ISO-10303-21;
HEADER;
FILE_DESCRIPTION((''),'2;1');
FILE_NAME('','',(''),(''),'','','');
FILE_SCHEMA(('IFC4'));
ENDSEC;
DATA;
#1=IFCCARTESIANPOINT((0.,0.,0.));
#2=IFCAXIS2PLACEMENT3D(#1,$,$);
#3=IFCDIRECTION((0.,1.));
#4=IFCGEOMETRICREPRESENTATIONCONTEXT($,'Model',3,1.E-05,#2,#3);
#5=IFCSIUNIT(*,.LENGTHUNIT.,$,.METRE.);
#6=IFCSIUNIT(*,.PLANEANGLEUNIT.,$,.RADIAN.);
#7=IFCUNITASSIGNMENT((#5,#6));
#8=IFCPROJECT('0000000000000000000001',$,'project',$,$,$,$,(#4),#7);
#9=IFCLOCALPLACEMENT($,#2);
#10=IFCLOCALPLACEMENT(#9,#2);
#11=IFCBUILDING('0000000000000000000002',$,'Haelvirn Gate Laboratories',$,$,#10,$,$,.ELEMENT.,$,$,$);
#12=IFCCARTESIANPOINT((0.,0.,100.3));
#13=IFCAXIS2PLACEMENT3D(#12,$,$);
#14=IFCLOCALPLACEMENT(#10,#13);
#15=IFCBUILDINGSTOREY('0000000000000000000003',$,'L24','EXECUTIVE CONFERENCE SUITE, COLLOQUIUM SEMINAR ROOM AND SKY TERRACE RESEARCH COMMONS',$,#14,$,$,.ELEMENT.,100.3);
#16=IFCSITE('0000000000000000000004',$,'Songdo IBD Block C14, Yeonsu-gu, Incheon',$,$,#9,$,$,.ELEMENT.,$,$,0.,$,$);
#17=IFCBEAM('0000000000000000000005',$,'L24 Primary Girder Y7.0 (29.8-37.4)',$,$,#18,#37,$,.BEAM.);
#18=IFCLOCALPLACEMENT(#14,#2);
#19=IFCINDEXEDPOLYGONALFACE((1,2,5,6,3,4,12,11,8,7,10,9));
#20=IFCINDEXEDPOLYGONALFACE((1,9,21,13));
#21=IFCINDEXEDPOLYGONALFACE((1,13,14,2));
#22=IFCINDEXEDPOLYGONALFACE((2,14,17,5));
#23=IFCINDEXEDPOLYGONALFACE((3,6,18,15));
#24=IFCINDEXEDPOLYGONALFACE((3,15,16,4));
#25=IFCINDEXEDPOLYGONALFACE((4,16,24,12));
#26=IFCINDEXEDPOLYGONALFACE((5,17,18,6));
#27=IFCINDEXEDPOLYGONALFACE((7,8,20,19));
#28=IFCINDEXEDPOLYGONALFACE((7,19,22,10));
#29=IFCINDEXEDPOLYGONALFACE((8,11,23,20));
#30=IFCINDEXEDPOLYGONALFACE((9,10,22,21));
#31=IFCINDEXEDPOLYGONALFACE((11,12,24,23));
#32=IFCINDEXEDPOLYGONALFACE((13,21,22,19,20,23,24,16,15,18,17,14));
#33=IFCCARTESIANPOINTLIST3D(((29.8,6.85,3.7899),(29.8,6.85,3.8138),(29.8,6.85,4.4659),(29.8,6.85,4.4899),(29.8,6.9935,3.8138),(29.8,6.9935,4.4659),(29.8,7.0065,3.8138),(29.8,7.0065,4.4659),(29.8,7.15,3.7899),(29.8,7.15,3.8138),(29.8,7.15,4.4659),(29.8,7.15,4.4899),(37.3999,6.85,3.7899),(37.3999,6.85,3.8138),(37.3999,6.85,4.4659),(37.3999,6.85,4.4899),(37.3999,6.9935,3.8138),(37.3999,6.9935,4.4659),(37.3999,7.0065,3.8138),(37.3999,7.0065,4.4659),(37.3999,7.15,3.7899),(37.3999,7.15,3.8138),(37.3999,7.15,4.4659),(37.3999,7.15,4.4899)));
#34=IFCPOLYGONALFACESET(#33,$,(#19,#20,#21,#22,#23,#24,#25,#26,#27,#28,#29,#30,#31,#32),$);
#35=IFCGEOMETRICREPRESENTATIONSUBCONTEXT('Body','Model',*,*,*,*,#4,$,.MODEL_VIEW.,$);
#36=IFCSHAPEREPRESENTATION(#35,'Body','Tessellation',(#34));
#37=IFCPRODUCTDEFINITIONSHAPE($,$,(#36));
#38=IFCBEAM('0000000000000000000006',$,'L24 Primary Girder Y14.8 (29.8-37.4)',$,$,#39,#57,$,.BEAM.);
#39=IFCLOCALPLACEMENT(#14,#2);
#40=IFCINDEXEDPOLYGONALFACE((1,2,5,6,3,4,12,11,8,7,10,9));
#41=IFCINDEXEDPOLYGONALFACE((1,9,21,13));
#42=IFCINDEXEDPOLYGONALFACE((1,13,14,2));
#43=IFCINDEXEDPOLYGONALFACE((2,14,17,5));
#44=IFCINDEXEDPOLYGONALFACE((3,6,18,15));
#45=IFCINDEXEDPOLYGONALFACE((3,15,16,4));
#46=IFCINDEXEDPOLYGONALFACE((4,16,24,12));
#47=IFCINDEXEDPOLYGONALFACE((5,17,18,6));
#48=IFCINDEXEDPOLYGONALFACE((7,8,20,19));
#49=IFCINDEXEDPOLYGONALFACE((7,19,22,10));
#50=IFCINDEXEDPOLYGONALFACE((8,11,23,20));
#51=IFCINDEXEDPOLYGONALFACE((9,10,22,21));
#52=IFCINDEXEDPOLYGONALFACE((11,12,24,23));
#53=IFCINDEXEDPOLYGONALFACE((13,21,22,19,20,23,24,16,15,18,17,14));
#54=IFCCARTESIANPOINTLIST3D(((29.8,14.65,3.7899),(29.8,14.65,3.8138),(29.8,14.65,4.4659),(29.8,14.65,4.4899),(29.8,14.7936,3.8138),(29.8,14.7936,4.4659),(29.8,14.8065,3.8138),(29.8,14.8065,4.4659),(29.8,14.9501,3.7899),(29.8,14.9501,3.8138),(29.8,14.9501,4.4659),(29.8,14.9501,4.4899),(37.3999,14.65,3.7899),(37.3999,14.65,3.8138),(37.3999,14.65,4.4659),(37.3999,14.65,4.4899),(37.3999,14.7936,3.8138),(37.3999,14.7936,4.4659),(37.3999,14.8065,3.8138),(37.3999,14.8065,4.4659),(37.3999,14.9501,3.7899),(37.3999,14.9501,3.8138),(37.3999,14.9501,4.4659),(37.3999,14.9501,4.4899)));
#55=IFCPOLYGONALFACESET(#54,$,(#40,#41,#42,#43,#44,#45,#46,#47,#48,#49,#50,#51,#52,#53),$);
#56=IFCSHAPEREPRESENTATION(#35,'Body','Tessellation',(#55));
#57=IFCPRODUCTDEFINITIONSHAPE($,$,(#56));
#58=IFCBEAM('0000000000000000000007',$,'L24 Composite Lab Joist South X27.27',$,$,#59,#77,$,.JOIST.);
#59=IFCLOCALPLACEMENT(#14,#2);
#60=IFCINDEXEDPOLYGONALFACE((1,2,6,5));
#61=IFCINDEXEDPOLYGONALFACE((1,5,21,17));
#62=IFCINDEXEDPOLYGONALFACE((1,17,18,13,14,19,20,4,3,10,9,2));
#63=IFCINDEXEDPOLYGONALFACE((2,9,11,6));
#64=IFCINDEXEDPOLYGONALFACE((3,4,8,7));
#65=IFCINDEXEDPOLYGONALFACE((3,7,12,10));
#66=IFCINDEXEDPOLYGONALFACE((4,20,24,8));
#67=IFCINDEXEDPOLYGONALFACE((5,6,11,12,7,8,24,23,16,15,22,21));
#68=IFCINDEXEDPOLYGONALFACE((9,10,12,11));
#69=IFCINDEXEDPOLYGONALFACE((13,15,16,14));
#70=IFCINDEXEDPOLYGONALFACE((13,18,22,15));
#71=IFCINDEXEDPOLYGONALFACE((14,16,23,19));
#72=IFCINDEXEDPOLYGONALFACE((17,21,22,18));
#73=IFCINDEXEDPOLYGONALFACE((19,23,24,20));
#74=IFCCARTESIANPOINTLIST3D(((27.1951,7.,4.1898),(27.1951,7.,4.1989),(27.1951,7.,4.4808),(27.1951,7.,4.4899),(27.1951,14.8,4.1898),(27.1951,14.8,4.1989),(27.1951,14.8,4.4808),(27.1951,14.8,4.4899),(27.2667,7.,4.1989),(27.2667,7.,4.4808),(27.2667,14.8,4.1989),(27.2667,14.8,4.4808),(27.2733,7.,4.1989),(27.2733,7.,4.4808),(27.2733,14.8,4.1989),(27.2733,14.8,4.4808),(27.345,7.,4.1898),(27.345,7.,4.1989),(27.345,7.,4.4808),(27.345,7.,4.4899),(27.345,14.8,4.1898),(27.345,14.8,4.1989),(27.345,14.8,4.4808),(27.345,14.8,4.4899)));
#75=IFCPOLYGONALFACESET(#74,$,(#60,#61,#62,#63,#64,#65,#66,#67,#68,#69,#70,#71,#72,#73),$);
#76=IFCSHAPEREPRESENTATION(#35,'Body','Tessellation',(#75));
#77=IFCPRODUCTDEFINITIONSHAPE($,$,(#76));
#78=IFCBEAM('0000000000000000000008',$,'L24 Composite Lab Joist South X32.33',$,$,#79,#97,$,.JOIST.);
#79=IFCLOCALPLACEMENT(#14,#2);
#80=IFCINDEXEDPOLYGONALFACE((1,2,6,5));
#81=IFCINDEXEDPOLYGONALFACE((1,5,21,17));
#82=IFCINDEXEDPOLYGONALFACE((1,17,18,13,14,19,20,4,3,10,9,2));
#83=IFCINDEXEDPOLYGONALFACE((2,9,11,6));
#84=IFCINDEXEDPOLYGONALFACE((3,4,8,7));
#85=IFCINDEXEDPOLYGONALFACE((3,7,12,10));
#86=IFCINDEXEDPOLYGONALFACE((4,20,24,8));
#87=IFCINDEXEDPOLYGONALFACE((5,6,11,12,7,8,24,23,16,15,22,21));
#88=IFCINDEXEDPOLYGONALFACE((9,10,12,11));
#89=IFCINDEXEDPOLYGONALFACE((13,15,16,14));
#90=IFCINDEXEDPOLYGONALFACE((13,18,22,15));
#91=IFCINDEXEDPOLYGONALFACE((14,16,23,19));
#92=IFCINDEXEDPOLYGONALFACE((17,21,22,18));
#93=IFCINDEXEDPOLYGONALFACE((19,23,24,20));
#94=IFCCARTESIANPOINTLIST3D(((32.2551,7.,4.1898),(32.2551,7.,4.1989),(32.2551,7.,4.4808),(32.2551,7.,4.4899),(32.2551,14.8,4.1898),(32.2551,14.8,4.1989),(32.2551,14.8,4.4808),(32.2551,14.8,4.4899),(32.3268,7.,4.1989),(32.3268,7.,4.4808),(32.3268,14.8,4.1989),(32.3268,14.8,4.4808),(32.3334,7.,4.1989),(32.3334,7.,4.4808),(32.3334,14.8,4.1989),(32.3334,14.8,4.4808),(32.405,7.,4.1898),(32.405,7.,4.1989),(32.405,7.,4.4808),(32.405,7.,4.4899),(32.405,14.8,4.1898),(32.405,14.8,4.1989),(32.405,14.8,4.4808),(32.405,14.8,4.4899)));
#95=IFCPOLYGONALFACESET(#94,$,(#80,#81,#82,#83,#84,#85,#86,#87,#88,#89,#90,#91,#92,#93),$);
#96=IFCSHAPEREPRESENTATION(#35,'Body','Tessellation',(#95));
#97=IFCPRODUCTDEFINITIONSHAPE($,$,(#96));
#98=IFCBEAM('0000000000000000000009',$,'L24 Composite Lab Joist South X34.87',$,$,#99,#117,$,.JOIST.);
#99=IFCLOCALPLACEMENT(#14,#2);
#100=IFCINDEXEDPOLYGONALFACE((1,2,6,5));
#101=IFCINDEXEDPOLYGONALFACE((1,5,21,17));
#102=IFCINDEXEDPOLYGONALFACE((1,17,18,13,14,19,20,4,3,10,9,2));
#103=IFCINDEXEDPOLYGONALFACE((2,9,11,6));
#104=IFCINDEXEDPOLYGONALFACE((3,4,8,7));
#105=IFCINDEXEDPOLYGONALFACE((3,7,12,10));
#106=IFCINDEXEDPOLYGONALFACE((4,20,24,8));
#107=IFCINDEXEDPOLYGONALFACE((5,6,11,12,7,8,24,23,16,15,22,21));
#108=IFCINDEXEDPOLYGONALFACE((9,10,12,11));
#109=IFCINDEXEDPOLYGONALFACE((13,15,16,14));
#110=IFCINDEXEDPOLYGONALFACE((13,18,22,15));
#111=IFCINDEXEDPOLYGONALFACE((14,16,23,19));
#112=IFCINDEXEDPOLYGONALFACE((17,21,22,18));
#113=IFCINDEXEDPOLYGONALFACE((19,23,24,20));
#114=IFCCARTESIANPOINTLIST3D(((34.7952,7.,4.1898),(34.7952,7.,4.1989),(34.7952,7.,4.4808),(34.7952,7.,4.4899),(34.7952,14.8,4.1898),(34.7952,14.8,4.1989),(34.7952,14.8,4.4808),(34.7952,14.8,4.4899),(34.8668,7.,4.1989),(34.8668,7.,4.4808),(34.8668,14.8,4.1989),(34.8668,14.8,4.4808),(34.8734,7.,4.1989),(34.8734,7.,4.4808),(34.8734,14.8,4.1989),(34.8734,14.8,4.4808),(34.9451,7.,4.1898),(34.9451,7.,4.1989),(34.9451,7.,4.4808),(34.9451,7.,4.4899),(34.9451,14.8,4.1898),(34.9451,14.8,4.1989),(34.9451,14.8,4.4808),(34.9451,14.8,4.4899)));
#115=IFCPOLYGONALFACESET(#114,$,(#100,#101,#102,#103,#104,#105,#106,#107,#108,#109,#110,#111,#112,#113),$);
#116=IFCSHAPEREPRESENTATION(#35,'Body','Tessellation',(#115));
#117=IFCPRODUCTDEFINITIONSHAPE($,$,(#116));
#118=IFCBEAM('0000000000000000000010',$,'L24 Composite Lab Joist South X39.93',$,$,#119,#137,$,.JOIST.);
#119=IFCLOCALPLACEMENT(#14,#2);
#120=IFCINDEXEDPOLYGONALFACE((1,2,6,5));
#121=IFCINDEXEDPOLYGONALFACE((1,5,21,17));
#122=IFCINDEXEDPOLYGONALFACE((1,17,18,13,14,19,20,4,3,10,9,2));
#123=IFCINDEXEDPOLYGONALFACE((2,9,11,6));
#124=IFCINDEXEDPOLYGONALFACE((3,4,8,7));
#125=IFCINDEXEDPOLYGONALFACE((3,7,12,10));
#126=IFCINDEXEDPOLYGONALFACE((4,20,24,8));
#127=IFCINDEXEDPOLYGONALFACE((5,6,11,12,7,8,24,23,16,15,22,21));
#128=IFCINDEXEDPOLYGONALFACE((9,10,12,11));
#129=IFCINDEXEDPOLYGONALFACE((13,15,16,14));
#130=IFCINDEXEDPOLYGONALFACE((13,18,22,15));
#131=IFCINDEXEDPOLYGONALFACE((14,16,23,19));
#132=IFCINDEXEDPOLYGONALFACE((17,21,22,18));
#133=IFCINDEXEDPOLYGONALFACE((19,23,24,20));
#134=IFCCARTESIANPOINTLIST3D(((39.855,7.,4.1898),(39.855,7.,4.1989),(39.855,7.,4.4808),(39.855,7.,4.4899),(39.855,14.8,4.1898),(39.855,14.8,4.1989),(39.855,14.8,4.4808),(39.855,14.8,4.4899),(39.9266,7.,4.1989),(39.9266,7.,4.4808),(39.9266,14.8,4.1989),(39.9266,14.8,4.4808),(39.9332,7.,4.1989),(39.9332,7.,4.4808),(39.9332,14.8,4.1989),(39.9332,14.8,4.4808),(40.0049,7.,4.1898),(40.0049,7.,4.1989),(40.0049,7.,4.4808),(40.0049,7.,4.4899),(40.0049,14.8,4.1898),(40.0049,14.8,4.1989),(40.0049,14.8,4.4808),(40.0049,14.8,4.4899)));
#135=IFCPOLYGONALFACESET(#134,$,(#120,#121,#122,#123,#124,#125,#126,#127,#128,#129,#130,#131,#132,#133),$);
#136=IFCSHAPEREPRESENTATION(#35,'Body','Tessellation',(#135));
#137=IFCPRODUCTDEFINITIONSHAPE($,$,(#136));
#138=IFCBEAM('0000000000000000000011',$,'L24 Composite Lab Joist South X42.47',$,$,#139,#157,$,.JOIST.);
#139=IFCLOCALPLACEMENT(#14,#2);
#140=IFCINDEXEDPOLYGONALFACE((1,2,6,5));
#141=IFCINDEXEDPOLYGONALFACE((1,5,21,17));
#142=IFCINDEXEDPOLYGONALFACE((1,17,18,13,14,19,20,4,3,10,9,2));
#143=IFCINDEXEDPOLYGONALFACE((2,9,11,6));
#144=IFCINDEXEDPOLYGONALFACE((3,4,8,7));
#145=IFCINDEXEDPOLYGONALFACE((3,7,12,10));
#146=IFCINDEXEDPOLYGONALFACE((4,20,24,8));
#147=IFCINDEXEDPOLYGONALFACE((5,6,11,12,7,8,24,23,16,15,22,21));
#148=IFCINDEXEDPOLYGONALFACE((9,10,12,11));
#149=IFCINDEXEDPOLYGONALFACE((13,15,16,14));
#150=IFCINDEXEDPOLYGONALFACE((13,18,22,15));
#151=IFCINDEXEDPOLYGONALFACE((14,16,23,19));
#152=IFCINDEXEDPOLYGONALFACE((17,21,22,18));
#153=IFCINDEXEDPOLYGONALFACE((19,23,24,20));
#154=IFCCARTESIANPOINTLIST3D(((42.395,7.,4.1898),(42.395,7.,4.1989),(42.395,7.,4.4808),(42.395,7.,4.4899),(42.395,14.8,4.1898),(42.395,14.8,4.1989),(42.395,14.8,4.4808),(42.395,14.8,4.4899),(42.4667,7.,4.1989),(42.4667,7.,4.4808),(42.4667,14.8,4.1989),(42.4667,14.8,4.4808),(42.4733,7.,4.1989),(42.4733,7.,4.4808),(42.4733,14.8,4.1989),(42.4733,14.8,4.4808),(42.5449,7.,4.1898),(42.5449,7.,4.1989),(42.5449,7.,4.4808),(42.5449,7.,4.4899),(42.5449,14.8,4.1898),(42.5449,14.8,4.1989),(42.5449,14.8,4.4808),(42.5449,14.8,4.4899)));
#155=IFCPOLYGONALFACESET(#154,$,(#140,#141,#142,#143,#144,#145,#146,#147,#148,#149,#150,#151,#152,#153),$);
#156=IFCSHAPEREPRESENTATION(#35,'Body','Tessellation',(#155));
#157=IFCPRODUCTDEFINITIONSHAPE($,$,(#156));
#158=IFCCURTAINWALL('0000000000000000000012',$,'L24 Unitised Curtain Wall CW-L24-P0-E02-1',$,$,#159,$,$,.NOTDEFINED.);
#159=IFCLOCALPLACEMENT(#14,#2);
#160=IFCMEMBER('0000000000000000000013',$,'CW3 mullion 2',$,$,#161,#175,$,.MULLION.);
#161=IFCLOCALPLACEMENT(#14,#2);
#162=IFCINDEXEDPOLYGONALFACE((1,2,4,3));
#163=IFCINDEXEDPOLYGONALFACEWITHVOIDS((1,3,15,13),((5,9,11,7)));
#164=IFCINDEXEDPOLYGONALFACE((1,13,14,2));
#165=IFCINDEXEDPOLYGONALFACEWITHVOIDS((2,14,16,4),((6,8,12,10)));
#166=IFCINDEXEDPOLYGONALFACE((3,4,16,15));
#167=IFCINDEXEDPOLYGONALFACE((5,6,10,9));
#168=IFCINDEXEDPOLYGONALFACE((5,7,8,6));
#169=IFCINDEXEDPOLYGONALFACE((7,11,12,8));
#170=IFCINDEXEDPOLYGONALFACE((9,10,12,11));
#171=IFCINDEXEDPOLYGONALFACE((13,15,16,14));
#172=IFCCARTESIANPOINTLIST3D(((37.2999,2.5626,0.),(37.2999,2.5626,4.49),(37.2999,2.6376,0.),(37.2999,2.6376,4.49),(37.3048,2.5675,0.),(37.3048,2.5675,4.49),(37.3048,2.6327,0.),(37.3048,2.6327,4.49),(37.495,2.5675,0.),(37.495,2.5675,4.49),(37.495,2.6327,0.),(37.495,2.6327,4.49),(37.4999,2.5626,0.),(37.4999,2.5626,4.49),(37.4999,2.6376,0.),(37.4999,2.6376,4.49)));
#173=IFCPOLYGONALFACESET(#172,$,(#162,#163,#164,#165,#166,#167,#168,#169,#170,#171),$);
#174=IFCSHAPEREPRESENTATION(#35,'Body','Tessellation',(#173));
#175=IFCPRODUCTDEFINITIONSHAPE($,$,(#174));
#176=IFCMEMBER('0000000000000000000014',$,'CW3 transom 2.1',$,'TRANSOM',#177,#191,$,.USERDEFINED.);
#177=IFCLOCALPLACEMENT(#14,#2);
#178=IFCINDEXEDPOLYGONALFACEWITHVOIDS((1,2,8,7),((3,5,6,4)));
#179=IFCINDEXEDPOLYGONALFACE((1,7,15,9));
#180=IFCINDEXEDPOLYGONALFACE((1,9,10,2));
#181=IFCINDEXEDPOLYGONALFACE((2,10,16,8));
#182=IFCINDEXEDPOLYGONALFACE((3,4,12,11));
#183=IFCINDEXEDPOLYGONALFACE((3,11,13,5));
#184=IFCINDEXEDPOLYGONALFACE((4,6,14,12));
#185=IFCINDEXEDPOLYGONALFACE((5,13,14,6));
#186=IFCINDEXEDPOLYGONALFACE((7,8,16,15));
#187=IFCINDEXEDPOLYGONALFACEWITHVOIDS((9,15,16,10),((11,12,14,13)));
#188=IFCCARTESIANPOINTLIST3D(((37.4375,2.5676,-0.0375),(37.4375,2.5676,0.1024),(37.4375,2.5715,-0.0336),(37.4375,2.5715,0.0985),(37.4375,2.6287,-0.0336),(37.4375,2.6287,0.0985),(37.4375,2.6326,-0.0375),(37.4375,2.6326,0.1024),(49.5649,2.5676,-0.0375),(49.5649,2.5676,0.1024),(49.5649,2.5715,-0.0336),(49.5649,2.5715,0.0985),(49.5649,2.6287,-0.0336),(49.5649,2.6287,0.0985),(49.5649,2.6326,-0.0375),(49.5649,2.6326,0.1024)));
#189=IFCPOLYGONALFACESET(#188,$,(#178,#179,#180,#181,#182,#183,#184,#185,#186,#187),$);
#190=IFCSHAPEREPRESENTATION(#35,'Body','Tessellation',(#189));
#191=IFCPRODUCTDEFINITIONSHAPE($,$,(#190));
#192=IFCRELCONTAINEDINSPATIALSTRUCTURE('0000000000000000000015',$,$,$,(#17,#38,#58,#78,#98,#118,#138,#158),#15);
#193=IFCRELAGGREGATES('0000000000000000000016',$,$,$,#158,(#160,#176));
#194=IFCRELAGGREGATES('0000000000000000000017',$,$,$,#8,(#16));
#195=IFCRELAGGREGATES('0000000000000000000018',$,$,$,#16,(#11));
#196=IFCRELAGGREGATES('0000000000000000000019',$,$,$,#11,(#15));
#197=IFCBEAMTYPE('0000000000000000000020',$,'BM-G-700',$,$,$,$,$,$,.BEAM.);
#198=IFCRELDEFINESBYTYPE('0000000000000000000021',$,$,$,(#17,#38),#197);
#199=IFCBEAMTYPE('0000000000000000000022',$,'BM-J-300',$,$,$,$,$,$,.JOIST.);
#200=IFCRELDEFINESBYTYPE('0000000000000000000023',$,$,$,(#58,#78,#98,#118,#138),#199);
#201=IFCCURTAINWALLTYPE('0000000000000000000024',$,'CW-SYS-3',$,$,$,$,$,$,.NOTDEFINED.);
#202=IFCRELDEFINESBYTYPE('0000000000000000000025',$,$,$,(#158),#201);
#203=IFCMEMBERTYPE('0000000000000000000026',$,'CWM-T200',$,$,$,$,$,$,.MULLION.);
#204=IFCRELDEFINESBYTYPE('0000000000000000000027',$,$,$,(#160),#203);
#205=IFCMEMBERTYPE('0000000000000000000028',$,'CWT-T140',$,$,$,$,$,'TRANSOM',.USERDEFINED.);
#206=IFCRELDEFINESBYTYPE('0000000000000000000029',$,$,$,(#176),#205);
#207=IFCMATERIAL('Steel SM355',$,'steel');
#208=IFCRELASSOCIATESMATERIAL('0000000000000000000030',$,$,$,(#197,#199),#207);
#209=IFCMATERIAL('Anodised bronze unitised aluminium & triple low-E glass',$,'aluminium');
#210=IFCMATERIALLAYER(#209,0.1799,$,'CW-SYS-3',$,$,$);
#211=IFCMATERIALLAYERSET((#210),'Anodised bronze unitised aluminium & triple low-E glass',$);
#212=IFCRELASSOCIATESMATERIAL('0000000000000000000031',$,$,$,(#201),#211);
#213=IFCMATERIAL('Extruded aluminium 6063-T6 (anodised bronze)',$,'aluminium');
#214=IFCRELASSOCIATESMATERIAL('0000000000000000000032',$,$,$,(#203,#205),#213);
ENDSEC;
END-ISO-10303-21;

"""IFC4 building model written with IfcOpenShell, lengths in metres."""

from ifc_helpers import new_model, si_unit, direction, frame, origin, origin_2d, place, context, subcontext, project, spatial, hollow_rectangle, i_section, extrude, source, transform, mapped, material, layer, layer_set, material_profile, profile_set, type_object, type_shapes, element, aggregate, save


model = new_model("IFC4")

# Units and contexts
model_context = context("Model", 3, precision=1e-05, world=origin(), true_north=direction((0.0, 1.0)))
body_context = subcontext(model_context, "Body", "Model", "MODEL_VIEW")
ifc_project = project(units=[si_unit("LENGTHUNIT", "METRE"), si_unit("PLANEANGLEUNIT", "RADIAN")], contexts=[model_context])

# Site, building, storey
site_placement = place(None, origin())
site = spatial("IfcSite", under=ifc_project, at=site_placement, Name="Songdo IBD Block C14, Yeonsu-gu, Incheon", CompositionType="ELEMENT", RefElevation=0.0)
building_placement = place(site_placement, origin())
building = spatial("IfcBuilding", under=site, at=building_placement, Name="Haelvirn Gate Laboratories", CompositionType="ELEMENT")
storey_placement = place(building_placement, frame((0.0, 0.0, 100.3)))
storey = spatial("IfcBuildingStorey", under=building, at=storey_placement, Name="L24", Description="EXECUTIVE CONFERENCE SUITE, COLLOQUIUM SEMINAR ROOM AND SKY TERRACE RESEARCH COMMONS", CompositionType="ELEMENT", Elevation=100.3)

# Shared definitions
ifc_material_1 = material(Name="Steel SM355", Category="steel")

# Beams
ifc_material_profile_1 = material_profile(ifc_material_1, i_section(OverallWidth=0.3, OverallDepth=0.7, WebThickness=0.0129, FlangeThickness=0.0239, at=origin_2d()), Name="H-700x300x13x24")
ifc_profile_set_1 = profile_set([ifc_material_profile_1], Name="Steel SM355")
beam_type_1 = type_object("IfcBeamType", Name="BM-G-700", PredefinedType="BEAM", material=ifc_profile_set_1)
shared_shape_1 = source(origin(), body_context, "Body", "SweptSolid", [
    extrude(i_section(OverallWidth=0.3, OverallDepth=0.7, WebThickness=0.0129, FlangeThickness=0.0239, at=origin_2d()), origin(), (0.0, 0.0, 1.0), 7.5999),
])
for number, where, z_axis, x_axis, name in (
    (1, (29.8, 7.0, 4.1399), (1.0, 0.0, 0.0), (0.0, 1.0, 0.0), "L24 Primary Girder Y7.0 (29.8-37.4)"),
    (2, (29.8, 14.8, 4.1399), (1.0, 0.0, 0.0), (0.0, 1.0, 0.0), "L24 Primary Girder Y14.8 (29.8-37.4)"),
):
    element("IfcBeam", number, at=place(storey_placement, frame(where, z_axis=z_axis, x_axis=x_axis)), inside=storey, type_object=beam_type_1, Name=name, PredefinedType="BEAM", context=body_context, shape_type="MappedRepresentation", body=[
        mapped(shared_shape_1, transform((0.0, 0.0, 0.0), scale=1.0)),
    ])
ifc_material_profile_2 = material_profile(ifc_material_1, i_section(OverallWidth=0.1499, OverallDepth=0.3, WebThickness=0.0066, FlangeThickness=0.009, at=origin_2d()), Name="H-300x150x6.5x9")
ifc_profile_set_2 = profile_set([ifc_material_profile_2], Name="Steel SM355")
beam_type_2 = type_object("IfcBeamType", Name="BM-J-300", PredefinedType="JOIST", material=ifc_profile_set_2)
shared_shape_2 = source(origin(), body_context, "Body", "SweptSolid", [
    extrude(i_section(OverallWidth=0.1499, OverallDepth=0.3, WebThickness=0.0066, FlangeThickness=0.009, at=origin_2d()), origin(), (0.0, 0.0, 1.0), 7.8),
])
type_shapes(beam_type_2, [shared_shape_2])
for number, where, z_axis, x_axis, name in (
    (3, (27.27, 7.0, 4.3398), (0.0, 1.0, 0.0), (-1.0, 0.0, 0.0), "L24 Composite Lab Joist South X27.27"),
    (4, (32.3301, 7.0, 4.3398), (0.0, 1.0, 0.0), (-1.0, 0.0, 0.0), "L24 Composite Lab Joist South X32.33"),
    (5, (34.8701, 7.0, 4.3398), (0.0, 1.0, 0.0), (-1.0, 0.0, 0.0), "L24 Composite Lab Joist South X34.87"),
    (6, (39.9299, 7.0, 4.3398), (0.0, 1.0, 0.0), (-1.0, 0.0, 0.0), "L24 Composite Lab Joist South X39.93"),
    (7, (42.47, 7.0, 4.3398), (0.0, 1.0, 0.0), (-1.0, 0.0, 0.0), "L24 Composite Lab Joist South X42.47"),
):
    element("IfcBeam", number, at=place(storey_placement, frame(where, z_axis=z_axis, x_axis=x_axis)), inside=storey, type_object=beam_type_2, Name=name, PredefinedType="JOIST", context=body_context, shape_type="MappedRepresentation", body=[
        mapped(shared_shape_2, transform((0.0, 0.0, 0.0), scale=1.0)),
    ])

# Curtain wall, members
ifc_material_2 = material(Name="Anodised bronze unitised aluminium & triple low-E glass", Category="aluminium")
ifc_layer_1 = layer(ifc_material_2, 0.1799, Name="CW-SYS-3")
ifc_layer_set_1 = layer_set([ifc_layer_1], Name="Anodised bronze unitised aluminium & triple low-E glass")
curtain_wall_type = type_object("IfcCurtainWallType", Name="CW-SYS-3", PredefinedType="NOTDEFINED", material=ifc_layer_set_1)
curtain_wall_placement = place(storey_placement, origin())
curtain_wall = element("IfcCurtainWall", 8, at=curtain_wall_placement, inside=storey, type_object=curtain_wall_type, Name="L24 Unitised Curtain Wall CW-L24-P0-E02-1", PredefinedType="NOTDEFINED")
ifc_material_3 = material(Name="Extruded aluminium 6063-T6 (anodised bronze)", Category="aluminium")
ifc_material_profile_3 = material_profile(ifc_material_3, hollow_rectangle(XDim=0.075, YDim=0.2, WallThickness=0.0049, at=origin_2d()), Name="CWM-200x75x5")
ifc_profile_set_3 = profile_set([ifc_material_profile_3], Name="Extruded aluminium 6063-T6 (anodised bronze)")
member_type_1 = type_object("IfcMemberType", Name="CWM-T200", PredefinedType="MULLION", material=ifc_profile_set_3)
shared_shape_3 = source(origin(), body_context, "Body", "SweptSolid", [
    extrude(hollow_rectangle(XDim=0.075, YDim=0.2, WallThickness=0.0049, at=origin_2d()), origin(), (0.0, 0.0, 1.0), 4.49),
])
type_shapes(member_type_1, [shared_shape_3])
member_1_placement = place(storey_placement, frame((37.3999, 2.6001, 0.0), z_axis=(0.0, 0.0, 1.0), x_axis=(0.0, 1.0, 0.0)))
member_1 = element("IfcMember", 9, at=member_1_placement, type_object=member_type_1, Name="CW3 mullion 2", PredefinedType="MULLION", context=body_context, shape_type="MappedRepresentation", body=[
    mapped(shared_shape_3, transform((0.0, 0.0, 0.0), scale=1.0)),
])
ifc_material_profile_4 = material_profile(ifc_material_3, hollow_rectangle(XDim=0.0649, YDim=0.1399, WallThickness=0.0039, at=origin_2d()), Name="CWT-140x65x4")
ifc_profile_set_4 = profile_set([ifc_material_profile_4], Name="Extruded aluminium 6063-T6 (anodised bronze)")
member_type_2 = type_object("IfcMemberType", Name="CWT-T140", ElementType="TRANSOM", PredefinedType="USERDEFINED", material=ifc_profile_set_4)
shared_shape_4 = source(origin(), body_context, "Body", "SweptSolid", [
    extrude(hollow_rectangle(XDim=0.0649, YDim=0.1399, WallThickness=0.0039, at=origin_2d()), origin(), (0.0, 0.0, 1.0), 12.1274),
])
type_shapes(member_type_2, [shared_shape_4])
member_2_placement = place(storey_placement, frame((37.4375, 2.6001, 0.0325), z_axis=(1.0, 0.0, 0.0), x_axis=(0.0, 1.0, 0.0)))
member_2 = element("IfcMember", 10, at=member_2_placement, type_object=member_type_2, Name="CW3 transom 2.1", ObjectType="TRANSOM", PredefinedType="USERDEFINED", context=body_context, shape_type="MappedRepresentation", body=[
    mapped(shared_shape_4, transform((0.0, 0.0, 0.0), scale=1.0)),
])
aggregate(curtain_wall, [member_1, member_2])

save(model, "model.ifc")
